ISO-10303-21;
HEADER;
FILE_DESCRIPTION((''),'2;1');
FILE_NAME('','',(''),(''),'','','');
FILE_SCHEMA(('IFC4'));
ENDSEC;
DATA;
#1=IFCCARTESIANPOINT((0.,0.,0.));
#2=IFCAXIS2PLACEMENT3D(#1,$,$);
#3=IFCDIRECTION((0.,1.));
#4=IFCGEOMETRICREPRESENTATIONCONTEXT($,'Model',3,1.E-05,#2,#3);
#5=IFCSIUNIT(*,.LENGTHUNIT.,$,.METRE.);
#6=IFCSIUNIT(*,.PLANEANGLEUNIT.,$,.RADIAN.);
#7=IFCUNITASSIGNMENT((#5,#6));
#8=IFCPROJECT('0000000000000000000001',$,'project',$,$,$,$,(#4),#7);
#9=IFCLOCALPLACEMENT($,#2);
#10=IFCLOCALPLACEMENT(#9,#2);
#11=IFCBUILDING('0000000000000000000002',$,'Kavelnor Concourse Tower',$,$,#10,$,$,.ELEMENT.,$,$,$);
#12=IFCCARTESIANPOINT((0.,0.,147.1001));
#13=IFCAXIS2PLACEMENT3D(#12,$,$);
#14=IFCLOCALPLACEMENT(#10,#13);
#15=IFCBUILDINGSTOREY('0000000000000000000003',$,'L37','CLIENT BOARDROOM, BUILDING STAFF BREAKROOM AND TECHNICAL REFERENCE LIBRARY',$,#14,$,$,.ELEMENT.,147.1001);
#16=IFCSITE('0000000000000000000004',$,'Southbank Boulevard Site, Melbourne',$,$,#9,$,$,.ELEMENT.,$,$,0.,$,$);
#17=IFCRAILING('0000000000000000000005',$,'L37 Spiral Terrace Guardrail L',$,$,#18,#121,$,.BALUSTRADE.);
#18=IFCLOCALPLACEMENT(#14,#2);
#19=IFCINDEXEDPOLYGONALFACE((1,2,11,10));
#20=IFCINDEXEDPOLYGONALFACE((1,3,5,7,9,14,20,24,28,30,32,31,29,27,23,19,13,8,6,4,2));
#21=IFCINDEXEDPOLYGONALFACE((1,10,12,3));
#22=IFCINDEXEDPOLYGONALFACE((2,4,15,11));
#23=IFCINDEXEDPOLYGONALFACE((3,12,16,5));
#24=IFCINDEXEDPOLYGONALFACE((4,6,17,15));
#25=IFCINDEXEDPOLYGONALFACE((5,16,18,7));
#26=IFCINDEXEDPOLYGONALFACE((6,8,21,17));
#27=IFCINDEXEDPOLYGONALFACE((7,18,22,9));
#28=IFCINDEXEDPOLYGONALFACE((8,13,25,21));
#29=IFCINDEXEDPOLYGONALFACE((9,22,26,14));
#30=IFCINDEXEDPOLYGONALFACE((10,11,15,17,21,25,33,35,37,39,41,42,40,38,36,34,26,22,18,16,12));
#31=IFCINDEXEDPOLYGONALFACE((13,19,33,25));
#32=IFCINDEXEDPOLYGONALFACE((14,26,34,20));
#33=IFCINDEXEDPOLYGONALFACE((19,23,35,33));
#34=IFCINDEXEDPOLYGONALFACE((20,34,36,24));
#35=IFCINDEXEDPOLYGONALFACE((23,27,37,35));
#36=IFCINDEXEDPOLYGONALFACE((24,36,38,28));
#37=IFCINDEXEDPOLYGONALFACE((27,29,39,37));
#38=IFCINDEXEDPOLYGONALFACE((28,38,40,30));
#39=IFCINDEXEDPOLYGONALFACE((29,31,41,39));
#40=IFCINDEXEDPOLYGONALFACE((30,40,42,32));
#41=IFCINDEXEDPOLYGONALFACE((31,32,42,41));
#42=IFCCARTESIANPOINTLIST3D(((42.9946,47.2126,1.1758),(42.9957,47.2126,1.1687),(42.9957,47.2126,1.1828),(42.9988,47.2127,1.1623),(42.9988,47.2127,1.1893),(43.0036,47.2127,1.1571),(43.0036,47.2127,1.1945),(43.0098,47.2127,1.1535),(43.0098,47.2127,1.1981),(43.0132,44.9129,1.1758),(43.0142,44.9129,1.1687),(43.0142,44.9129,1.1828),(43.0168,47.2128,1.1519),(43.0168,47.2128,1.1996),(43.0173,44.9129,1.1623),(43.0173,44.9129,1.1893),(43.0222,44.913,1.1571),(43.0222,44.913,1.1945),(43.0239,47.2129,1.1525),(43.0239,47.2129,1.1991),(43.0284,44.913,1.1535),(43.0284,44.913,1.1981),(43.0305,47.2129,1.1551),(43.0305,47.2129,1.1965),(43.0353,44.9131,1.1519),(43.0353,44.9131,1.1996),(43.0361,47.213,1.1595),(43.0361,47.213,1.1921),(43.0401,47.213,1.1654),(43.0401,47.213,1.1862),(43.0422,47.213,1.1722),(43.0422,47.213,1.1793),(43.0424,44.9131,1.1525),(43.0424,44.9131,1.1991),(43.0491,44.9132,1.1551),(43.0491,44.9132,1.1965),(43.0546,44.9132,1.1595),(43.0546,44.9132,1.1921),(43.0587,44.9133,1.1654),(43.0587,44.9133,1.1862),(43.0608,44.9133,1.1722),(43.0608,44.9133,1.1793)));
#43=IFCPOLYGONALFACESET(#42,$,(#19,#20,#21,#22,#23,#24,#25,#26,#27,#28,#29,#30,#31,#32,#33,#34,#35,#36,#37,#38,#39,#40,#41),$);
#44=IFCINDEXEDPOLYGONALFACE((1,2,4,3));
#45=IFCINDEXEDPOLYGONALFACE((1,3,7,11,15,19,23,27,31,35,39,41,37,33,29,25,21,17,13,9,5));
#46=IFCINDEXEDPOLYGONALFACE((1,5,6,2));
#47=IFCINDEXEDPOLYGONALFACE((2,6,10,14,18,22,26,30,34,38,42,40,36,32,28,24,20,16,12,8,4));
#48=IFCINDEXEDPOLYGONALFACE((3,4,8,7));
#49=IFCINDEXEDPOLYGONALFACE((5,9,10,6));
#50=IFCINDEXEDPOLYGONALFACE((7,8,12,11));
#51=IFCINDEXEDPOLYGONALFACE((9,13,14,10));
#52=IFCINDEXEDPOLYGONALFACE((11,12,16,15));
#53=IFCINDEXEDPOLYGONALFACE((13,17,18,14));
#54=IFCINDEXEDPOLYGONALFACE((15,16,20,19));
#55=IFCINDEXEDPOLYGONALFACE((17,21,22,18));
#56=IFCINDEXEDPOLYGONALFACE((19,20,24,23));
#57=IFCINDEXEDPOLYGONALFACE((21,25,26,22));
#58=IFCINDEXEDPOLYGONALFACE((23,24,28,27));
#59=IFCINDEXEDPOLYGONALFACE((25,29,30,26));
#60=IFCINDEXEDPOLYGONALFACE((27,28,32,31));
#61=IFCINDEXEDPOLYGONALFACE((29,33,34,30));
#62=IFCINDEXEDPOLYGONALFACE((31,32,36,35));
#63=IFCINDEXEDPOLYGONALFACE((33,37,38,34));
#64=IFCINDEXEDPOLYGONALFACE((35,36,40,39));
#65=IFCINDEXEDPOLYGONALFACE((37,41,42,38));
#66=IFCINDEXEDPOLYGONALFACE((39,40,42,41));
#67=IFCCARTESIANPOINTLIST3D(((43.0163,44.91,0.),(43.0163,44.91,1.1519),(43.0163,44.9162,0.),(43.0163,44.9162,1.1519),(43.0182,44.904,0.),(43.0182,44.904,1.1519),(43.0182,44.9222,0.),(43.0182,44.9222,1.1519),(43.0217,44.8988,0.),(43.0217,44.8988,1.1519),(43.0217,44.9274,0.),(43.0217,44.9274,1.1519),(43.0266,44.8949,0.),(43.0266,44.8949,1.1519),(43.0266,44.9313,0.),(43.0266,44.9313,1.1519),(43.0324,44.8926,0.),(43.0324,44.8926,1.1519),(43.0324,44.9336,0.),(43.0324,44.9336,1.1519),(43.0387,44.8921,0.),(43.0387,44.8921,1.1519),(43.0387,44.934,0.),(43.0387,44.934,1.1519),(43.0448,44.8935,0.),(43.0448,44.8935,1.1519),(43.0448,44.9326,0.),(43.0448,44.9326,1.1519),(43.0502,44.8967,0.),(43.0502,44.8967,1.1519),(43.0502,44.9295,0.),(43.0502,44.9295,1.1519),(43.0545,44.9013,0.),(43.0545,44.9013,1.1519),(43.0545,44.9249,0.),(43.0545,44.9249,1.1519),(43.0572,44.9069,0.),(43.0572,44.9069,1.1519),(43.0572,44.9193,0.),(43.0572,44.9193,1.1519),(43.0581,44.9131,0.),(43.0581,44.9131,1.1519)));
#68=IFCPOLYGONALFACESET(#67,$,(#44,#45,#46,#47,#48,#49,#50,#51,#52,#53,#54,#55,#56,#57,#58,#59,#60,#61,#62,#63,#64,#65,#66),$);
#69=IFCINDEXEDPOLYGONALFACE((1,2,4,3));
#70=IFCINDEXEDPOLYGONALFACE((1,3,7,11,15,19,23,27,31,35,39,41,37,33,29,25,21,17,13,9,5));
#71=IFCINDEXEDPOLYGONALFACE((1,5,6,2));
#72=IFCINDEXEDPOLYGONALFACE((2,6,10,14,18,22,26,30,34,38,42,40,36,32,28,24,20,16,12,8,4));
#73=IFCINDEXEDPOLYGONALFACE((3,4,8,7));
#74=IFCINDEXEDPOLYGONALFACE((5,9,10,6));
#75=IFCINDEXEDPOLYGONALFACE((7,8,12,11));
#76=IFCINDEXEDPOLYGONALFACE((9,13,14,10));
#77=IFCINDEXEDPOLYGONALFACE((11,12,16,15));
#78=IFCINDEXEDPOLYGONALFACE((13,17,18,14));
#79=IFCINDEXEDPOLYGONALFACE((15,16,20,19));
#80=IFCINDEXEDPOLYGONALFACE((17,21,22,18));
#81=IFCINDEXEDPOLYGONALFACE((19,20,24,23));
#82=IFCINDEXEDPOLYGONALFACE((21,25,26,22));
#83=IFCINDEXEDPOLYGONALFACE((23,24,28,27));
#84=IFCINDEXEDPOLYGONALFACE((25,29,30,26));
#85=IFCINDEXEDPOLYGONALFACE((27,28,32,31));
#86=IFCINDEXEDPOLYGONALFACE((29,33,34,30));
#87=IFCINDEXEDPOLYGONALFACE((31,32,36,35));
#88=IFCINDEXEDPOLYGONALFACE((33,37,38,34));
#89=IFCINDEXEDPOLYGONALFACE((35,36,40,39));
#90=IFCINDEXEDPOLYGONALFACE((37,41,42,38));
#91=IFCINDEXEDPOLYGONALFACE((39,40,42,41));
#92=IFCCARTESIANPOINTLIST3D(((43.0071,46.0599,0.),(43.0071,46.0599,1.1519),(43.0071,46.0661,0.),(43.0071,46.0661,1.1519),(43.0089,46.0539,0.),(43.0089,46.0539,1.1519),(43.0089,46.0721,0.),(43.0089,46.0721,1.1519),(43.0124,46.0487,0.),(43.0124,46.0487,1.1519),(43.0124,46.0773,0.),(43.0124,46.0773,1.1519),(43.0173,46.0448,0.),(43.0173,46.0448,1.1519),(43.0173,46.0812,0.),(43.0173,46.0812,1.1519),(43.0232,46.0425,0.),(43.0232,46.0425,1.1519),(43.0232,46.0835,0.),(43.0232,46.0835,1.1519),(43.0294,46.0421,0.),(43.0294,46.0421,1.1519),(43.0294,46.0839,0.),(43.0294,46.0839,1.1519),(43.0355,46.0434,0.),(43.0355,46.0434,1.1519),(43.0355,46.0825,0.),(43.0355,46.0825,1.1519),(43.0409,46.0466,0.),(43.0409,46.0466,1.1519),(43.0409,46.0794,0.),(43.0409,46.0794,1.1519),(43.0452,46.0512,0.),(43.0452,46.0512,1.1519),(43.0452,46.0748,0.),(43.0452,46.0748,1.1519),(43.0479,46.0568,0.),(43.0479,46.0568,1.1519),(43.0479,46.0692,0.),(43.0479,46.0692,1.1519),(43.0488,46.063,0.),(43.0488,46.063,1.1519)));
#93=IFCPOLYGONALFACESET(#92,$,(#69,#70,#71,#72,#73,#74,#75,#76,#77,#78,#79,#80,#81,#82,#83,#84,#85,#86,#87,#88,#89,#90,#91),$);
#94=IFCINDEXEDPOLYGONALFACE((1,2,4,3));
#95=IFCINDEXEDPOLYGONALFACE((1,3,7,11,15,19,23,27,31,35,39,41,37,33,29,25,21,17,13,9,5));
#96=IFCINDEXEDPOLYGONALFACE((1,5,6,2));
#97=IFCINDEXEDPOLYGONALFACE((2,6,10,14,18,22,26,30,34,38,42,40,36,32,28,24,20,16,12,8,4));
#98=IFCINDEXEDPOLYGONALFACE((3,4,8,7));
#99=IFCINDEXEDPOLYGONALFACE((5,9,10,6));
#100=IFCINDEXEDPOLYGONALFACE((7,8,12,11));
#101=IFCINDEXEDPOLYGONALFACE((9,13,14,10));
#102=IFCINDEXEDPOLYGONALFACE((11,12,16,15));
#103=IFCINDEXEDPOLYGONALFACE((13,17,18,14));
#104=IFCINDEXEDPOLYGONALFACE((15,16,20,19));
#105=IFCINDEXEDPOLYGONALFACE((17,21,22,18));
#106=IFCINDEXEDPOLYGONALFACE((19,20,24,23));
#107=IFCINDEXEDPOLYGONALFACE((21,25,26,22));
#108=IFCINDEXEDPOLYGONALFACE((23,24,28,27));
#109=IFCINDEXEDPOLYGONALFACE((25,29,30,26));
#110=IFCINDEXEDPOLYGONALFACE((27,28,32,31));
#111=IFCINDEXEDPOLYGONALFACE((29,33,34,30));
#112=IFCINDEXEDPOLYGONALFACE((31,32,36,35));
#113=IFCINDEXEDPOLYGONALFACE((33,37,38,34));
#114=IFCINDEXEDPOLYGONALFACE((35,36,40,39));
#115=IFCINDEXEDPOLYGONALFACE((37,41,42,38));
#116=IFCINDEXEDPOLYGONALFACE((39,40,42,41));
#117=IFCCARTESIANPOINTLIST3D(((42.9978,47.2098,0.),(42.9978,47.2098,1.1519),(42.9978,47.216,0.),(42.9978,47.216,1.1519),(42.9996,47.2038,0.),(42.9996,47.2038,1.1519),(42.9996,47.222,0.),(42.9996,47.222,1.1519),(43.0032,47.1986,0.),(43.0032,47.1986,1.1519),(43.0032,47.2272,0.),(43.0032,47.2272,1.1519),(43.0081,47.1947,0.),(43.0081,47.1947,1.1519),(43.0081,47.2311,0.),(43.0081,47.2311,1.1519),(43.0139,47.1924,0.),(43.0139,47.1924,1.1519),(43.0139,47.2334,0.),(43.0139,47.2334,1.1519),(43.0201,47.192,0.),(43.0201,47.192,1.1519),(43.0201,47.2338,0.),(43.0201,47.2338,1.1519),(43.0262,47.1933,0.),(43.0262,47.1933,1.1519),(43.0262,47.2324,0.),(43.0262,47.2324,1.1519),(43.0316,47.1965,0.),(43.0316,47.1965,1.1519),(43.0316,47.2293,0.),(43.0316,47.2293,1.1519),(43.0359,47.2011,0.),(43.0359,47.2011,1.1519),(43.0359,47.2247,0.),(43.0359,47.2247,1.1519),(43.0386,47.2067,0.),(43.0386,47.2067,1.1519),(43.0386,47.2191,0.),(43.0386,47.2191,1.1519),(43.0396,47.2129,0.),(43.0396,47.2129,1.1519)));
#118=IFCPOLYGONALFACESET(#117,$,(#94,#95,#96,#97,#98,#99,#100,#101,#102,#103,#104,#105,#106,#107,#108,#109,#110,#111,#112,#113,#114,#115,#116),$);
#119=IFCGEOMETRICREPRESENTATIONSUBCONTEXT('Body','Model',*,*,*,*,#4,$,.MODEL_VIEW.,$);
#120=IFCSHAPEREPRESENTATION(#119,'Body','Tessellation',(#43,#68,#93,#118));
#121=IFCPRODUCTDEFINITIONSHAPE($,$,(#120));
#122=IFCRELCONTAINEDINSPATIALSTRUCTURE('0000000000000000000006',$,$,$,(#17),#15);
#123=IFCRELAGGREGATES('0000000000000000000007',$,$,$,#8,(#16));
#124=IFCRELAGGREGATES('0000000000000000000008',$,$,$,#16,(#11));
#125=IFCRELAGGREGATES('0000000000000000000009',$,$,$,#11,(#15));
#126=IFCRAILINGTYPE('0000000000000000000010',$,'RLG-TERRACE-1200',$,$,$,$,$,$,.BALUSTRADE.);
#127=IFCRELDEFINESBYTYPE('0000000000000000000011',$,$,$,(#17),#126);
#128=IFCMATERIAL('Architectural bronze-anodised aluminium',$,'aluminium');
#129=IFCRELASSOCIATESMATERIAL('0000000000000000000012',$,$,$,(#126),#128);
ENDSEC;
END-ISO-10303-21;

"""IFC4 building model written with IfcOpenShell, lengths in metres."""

from ifc_helpers import new_model, si_unit, direction, frame, origin, origin_2d, place, context, subcontext, project, spatial, circle, extrude, material, type_object, element, save


model = new_model("IFC4")

# Units and contexts
model_context = context("Model", 3, precision=1e-05, world=origin(), true_north=direction((0.0, 1.0)))
body_context = subcontext(model_context, "Body", "Model", "MODEL_VIEW")
ifc_project = project(units=[si_unit("LENGTHUNIT", "METRE"), si_unit("PLANEANGLEUNIT", "RADIAN")], contexts=[model_context])

# Site, building, storey
site_placement = place(None, origin())
site = spatial("IfcSite", under=ifc_project, at=site_placement, Name="Southbank Boulevard Site, Melbourne", CompositionType="ELEMENT", RefElevation=0.0)
building_placement = place(site_placement, origin())
building = spatial("IfcBuilding", under=site, at=building_placement, Name="Kavelnor Concourse Tower", CompositionType="ELEMENT")
storey_placement = place(building_placement, frame((0.0, 0.0, 147.1001)))
storey = spatial("IfcBuildingStorey", under=building, at=storey_placement, Name="L37", Description="CLIENT BOARDROOM, BUILDING STAFF BREAKROOM AND TECHNICAL REFERENCE LIBRARY", CompositionType="ELEMENT", Elevation=147.1001)

# Railing
ifc_material_1 = material(Name="Architectural bronze-anodised aluminium", Category="aluminium")
railing_type = type_object("IfcRailingType", Name="RLG-TERRACE-1200", PredefinedType="BALUSTRADE", material=ifc_material_1)
railing_1_placement = place(storey_placement, frame((43.0371, 44.9131, 0.0)))
element("IfcRailing", 1, at=railing_1_placement, inside=storey, type_object=railing_type, Name="L37 Spiral Terrace Guardrail L", PredefinedType="BALUSTRADE", context=body_context, shape_type="SweptSolid", body=[
    extrude(circle(Radius=0.0239, at=origin_2d()), frame((0.0, 0.0, 1.1758), z_axis=(-0.008068, 0.999967, 0.0), x_axis=(-0.999967, -0.008068, 0.0)), (0.0, 0.0, 1.0), 2.2998),
    extrude(circle(Radius=0.021, at=origin_2d()), origin(), (0.0, 0.0, 1.0), 1.1519),
    extrude(circle(Radius=0.021, at=origin_2d()), frame((-0.0093, 1.1499, 0.0)), (0.0, 0.0, 1.0), 1.1519),
    extrude(circle(Radius=0.021, at=origin_2d()), frame((-0.0186, 2.2998, 0.0)), (0.0, 0.0, 1.0), 1.1519),
])

save(model, "model.ifc")
